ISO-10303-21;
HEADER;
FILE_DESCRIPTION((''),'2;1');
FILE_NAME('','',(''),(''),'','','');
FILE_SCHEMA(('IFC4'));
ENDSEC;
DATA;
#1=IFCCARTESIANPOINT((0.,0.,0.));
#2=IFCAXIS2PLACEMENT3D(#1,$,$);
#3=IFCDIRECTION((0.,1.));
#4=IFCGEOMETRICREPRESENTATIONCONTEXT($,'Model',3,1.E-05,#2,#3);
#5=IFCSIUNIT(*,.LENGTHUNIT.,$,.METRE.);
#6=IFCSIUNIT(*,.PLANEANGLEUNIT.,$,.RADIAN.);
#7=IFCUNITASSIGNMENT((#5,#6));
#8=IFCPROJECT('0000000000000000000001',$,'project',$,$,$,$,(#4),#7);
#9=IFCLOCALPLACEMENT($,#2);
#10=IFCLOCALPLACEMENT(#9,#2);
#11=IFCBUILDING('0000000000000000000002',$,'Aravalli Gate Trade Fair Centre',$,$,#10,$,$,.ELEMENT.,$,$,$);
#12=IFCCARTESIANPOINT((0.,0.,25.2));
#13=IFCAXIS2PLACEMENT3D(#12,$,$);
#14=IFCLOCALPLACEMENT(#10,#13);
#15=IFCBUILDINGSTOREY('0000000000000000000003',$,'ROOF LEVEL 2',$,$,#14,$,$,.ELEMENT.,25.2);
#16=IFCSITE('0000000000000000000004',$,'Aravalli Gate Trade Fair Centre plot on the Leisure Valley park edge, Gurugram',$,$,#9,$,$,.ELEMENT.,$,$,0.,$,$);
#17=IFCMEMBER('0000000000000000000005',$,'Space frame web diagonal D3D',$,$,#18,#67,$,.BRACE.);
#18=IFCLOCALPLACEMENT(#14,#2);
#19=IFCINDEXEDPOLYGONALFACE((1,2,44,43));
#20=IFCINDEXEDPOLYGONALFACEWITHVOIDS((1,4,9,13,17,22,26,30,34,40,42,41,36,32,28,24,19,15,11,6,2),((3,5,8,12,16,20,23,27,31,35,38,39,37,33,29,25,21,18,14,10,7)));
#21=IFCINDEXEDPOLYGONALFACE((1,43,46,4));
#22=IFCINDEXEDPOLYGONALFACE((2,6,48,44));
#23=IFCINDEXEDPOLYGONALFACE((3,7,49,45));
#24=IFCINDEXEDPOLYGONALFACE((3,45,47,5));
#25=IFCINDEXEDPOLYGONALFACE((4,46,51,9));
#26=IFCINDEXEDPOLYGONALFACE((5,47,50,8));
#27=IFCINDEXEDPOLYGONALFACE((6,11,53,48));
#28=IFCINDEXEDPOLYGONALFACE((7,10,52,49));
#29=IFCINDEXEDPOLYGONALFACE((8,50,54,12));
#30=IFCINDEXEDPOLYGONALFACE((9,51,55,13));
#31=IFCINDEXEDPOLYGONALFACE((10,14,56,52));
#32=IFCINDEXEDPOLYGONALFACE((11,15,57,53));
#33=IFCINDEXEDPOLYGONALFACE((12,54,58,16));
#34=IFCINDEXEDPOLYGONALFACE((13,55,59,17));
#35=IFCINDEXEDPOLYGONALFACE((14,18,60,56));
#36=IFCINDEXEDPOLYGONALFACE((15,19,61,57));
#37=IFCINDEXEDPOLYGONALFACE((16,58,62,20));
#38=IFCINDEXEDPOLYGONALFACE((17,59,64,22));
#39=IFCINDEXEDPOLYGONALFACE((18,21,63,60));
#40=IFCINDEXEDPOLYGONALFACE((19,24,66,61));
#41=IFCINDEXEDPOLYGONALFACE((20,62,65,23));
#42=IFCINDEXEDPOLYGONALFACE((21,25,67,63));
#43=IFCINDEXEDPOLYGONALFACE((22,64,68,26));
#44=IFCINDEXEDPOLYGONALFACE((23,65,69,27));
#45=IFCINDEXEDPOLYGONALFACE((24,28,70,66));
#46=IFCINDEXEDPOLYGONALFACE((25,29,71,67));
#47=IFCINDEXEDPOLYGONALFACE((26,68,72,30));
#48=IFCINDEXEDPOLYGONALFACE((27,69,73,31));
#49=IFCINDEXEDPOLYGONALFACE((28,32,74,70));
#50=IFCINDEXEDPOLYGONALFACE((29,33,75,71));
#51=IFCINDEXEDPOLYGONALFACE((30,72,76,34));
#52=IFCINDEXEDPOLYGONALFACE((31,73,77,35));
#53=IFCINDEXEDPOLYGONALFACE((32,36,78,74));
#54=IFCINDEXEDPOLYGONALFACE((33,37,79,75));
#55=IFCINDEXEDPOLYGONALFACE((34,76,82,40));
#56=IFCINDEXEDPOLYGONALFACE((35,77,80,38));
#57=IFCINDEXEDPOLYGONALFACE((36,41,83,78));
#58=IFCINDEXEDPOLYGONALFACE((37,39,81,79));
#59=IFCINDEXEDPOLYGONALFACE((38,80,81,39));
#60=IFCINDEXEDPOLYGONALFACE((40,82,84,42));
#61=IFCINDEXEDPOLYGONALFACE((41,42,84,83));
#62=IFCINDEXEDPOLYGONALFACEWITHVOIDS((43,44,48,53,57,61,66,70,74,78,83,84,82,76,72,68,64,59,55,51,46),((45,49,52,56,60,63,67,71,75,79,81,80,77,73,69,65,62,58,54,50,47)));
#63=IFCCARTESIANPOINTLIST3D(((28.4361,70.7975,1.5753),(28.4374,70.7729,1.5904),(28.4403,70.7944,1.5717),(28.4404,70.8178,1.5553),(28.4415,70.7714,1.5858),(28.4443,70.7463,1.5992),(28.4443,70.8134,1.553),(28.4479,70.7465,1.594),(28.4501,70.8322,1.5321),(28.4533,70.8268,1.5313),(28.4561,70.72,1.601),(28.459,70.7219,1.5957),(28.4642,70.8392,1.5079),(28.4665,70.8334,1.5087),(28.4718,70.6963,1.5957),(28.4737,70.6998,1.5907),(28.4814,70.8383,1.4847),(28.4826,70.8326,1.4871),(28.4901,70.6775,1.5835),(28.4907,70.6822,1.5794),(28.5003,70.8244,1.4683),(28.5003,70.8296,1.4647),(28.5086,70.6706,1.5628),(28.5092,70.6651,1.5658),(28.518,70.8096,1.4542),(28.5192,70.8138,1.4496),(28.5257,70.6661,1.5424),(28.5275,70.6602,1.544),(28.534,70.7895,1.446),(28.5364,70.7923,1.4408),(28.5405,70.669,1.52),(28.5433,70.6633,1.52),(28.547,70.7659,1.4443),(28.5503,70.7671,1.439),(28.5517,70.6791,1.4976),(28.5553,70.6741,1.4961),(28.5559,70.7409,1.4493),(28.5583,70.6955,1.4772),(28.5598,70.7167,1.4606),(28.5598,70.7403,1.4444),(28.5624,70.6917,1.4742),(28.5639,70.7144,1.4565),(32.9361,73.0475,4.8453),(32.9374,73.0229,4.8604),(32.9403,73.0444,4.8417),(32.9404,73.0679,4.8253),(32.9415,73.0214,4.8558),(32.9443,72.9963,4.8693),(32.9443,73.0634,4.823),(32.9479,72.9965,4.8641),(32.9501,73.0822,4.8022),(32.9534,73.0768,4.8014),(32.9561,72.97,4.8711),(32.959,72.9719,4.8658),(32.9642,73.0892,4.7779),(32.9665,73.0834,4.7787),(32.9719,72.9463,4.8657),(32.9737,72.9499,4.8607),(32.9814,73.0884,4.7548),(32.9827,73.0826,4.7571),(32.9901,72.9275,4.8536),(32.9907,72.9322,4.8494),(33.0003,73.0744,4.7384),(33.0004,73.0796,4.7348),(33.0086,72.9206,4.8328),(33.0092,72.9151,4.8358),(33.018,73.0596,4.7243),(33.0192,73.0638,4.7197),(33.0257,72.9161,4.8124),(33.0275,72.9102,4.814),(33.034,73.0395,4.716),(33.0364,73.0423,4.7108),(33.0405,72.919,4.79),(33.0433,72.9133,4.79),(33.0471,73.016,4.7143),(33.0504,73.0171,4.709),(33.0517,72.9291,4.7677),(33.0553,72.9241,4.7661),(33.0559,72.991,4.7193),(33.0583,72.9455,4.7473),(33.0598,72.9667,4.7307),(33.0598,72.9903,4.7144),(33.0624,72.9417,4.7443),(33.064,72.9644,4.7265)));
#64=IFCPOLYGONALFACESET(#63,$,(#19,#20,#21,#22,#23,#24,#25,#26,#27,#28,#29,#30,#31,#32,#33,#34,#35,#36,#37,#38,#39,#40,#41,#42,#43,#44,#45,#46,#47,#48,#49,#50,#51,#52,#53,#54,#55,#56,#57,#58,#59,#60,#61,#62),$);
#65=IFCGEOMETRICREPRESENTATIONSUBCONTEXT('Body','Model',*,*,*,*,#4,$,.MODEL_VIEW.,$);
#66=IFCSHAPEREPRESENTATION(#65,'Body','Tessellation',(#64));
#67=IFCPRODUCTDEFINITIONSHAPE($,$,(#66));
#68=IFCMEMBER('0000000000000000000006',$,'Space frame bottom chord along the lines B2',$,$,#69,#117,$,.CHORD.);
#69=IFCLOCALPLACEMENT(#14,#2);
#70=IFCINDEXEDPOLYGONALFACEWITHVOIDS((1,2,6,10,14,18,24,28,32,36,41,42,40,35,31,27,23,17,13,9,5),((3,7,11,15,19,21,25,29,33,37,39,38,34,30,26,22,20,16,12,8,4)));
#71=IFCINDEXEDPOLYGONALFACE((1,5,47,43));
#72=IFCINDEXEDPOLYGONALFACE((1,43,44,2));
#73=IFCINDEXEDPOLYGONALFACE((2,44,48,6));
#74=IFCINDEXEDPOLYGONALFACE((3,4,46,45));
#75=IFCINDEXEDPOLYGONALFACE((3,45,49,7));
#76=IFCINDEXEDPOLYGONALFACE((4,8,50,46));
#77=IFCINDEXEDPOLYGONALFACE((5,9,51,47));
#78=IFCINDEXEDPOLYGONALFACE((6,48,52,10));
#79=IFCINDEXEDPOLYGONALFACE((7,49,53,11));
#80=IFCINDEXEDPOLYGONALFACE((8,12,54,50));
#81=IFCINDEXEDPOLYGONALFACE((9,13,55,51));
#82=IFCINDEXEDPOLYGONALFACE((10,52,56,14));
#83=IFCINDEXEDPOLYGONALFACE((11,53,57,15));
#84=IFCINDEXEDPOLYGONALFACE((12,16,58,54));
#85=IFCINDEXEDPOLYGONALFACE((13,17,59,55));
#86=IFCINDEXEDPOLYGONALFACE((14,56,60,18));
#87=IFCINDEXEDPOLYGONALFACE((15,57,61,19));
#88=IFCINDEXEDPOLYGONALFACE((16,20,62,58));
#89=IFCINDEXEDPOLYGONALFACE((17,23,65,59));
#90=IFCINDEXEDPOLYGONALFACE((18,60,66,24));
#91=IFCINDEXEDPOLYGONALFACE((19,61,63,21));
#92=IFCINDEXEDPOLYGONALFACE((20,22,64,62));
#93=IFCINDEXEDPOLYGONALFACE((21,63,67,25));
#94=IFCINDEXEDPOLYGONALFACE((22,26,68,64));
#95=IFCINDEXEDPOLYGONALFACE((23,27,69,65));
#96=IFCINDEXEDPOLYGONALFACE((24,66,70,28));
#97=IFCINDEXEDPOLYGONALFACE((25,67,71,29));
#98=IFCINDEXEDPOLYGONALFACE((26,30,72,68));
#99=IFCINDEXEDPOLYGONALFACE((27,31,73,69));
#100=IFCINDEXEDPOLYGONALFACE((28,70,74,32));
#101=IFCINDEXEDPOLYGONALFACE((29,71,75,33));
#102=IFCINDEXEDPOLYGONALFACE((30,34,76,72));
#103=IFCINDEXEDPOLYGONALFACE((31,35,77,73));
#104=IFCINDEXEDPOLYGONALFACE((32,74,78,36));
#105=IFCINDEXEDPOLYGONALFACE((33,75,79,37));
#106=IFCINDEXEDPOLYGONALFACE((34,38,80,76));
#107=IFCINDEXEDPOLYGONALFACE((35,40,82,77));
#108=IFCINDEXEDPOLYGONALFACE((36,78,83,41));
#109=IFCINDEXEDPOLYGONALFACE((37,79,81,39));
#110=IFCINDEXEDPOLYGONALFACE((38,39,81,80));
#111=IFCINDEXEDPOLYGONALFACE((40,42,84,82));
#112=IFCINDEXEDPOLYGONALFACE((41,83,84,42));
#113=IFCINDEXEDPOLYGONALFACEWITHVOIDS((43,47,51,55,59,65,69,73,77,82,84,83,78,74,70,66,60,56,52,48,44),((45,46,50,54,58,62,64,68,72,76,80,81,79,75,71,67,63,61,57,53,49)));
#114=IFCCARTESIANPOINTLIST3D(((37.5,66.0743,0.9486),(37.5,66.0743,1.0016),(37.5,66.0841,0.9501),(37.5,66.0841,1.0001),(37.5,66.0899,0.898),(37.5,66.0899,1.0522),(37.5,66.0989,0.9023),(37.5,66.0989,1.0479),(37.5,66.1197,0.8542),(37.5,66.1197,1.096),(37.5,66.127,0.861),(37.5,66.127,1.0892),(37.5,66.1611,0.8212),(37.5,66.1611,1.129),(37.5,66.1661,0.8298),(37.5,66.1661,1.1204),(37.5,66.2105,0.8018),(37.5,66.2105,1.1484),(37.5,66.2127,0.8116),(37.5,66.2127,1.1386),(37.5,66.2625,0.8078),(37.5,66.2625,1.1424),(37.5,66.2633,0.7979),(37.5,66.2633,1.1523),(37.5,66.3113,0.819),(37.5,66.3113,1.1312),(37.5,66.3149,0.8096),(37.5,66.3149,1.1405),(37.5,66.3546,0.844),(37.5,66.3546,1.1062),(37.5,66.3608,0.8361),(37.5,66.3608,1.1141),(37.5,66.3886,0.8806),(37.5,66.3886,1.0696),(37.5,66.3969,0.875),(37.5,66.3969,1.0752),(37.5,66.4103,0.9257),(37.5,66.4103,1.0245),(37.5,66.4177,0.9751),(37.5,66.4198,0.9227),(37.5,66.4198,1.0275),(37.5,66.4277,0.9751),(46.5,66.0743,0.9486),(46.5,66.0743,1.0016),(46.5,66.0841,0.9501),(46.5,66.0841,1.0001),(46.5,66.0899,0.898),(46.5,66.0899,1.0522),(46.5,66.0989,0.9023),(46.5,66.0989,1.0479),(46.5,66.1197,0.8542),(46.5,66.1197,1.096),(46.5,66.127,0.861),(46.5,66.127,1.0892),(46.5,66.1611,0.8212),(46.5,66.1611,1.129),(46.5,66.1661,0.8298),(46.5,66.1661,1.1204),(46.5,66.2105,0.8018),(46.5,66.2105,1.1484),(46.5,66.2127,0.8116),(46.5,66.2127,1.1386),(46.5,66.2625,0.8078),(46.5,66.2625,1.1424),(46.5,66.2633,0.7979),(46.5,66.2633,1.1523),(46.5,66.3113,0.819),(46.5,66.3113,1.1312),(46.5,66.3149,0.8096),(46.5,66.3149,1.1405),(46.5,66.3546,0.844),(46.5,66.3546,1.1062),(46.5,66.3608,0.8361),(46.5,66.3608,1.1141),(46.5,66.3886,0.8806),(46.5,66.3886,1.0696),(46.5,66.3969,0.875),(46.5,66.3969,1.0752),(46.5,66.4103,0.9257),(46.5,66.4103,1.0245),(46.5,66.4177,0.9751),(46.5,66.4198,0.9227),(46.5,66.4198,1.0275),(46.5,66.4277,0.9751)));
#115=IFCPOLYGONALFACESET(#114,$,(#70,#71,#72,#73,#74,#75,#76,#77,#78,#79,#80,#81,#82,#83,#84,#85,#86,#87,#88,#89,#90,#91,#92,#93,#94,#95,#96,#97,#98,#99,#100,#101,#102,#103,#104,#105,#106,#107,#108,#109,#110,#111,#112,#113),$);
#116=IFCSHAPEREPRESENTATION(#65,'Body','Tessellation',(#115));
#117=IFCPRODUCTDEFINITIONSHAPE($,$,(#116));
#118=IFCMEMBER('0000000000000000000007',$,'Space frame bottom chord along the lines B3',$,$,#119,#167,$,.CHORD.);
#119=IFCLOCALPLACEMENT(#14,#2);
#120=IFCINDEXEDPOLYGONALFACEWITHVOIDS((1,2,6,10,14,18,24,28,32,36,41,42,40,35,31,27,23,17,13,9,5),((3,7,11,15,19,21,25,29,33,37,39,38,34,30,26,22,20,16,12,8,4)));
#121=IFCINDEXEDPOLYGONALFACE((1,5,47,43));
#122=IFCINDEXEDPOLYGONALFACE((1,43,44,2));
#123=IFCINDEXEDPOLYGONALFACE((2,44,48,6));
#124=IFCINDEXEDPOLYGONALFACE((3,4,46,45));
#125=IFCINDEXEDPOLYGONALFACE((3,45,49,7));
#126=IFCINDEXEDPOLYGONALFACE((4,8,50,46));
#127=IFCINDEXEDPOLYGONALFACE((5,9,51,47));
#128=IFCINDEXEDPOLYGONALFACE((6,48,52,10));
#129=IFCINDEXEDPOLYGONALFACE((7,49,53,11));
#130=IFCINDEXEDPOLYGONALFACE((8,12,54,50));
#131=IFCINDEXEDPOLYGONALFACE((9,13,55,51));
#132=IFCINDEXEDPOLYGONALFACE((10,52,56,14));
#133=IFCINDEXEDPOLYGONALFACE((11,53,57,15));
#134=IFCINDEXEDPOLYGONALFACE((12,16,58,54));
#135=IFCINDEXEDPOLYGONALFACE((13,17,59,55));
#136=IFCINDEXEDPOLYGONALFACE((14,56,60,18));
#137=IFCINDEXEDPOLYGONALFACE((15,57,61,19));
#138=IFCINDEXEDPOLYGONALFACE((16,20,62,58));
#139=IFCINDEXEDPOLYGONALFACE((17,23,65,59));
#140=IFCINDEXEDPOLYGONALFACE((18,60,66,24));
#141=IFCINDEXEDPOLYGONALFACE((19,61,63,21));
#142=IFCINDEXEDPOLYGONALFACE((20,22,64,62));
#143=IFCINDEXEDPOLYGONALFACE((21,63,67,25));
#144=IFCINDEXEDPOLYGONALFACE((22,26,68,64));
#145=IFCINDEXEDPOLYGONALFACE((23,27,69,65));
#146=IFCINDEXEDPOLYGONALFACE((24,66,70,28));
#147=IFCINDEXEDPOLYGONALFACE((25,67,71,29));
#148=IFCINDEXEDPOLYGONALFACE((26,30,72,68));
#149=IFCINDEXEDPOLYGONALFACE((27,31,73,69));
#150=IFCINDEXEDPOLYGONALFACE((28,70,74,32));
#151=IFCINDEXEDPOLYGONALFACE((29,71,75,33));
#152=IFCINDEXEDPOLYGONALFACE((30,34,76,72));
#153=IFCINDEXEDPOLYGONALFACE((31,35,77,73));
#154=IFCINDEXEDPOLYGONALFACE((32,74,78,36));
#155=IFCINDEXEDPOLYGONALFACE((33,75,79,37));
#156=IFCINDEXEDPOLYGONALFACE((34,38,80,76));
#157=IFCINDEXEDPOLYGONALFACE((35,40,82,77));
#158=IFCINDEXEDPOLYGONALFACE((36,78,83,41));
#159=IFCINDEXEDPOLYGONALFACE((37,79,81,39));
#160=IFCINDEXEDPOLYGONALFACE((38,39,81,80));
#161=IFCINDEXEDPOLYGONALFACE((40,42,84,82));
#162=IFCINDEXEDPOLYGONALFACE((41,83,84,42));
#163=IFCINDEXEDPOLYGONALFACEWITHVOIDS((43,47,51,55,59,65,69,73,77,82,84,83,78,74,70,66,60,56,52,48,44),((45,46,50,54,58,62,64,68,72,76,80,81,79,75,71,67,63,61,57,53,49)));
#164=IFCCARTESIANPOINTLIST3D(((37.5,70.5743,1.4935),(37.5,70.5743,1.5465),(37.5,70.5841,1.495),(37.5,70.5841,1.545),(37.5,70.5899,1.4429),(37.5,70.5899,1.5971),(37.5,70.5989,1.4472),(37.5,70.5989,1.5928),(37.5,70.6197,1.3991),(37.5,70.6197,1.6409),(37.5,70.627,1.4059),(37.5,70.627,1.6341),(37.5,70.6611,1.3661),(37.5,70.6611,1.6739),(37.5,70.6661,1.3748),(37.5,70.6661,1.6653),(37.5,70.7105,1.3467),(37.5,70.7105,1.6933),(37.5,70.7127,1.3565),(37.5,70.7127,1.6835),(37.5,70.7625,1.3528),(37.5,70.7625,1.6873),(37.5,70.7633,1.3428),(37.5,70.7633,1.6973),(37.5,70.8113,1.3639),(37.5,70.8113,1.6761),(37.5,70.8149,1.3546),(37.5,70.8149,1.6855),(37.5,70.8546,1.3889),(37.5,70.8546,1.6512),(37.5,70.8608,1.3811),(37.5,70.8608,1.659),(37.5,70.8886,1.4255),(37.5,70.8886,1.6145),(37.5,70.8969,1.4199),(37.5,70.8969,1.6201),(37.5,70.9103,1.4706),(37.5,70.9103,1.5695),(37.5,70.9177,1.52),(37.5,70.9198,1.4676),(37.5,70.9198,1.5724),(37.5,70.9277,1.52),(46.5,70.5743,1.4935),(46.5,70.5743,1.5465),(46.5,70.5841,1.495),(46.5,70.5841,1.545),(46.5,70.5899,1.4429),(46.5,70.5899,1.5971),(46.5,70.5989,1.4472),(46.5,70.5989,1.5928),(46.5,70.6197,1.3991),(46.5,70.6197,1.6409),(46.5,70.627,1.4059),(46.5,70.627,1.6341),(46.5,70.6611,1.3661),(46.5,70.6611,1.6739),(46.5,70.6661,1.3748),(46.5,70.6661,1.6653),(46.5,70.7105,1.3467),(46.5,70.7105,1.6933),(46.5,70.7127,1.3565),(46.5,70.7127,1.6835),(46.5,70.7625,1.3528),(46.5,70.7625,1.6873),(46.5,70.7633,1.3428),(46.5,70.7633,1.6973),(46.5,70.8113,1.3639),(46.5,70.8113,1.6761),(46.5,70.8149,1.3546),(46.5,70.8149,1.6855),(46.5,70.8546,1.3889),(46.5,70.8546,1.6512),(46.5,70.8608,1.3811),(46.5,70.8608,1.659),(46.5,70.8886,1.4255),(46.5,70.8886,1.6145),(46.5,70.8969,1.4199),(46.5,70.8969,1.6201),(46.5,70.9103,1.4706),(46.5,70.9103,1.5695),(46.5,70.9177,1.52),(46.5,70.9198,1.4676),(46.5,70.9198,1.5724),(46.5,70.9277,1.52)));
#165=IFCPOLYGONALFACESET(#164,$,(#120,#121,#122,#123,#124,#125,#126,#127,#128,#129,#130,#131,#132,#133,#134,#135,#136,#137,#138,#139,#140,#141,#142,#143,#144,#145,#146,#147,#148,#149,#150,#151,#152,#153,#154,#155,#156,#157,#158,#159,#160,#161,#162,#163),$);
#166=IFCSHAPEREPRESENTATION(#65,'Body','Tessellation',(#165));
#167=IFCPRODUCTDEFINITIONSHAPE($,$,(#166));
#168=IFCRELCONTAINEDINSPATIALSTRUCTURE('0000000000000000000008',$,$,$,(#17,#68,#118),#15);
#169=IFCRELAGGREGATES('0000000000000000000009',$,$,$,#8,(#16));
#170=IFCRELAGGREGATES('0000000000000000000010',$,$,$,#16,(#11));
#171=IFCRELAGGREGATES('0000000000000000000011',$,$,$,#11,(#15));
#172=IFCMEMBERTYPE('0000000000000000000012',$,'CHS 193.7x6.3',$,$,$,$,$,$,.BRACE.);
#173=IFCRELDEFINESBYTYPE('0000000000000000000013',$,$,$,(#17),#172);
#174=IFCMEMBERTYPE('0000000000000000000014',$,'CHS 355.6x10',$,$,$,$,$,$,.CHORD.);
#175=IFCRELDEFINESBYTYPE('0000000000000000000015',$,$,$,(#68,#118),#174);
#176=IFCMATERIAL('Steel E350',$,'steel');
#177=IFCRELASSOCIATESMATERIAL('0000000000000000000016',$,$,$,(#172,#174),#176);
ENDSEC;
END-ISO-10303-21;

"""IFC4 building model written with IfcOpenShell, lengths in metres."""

from ifc_helpers import new_model, si_unit, direction, frame, origin, origin_2d, place, context, subcontext, project, spatial, hollow_circle, extrude, material, material_profile, profile_set, type_object, element, save


model = new_model("IFC4")

# Units and contexts
model_context = context("Model", 3, precision=1e-05, world=origin(), true_north=direction((0.0, 1.0)))
body_context = subcontext(model_context, "Body", "Model", "MODEL_VIEW")
ifc_project = project(units=[si_unit("LENGTHUNIT", "METRE"), si_unit("PLANEANGLEUNIT", "RADIAN")], contexts=[model_context])

# Site, building, storey
site_placement = place(None, origin())
site = spatial("IfcSite", under=ifc_project, at=site_placement, Name="Aravalli Gate Trade Fair Centre plot on the Leisure Valley park edge, Gurugram", CompositionType="ELEMENT", RefElevation=0.0)
building_placement = place(site_placement, origin())
building = spatial("IfcBuilding", under=site, at=building_placement, Name="Aravalli Gate Trade Fair Centre", CompositionType="ELEMENT")
storey_placement = place(building_placement, frame((0.0, 0.0, 25.2)))
storey = spatial("IfcBuildingStorey", under=building, at=storey_placement, Name="ROOF LEVEL 2", CompositionType="ELEMENT", Elevation=25.2)

# Members
ifc_material = material(Name="Steel E350", Category="steel")
ifc_material_profile_1 = material_profile(ifc_material, hollow_circle(Radius=0.0969, WallThickness=0.0063, at=origin_2d()), Name="CHS 193.7x6.3")
ifc_profile_set_1 = profile_set([ifc_material_profile_1], Name="Steel E350")
member_type_1 = type_object("IfcMemberType", Name="CHS 193.7x6.3", PredefinedType="BRACE", material=ifc_profile_set_1)
for number, where, z_axis, x_axis, name in (
    (1, (33.0, 73.0, 4.79), (-0.749942, -0.374971, -0.544961), (0.447214, -0.894427, 0.0), "Space frame web diagonal D3D"),
):
    element("IfcMember", number, at=place(storey_placement, frame(where, z_axis=z_axis, x_axis=x_axis)), inside=storey, type_object=member_type_1, Name=name, PredefinedType="BRACE", context=body_context, shape_type="SweptSolid", body=[
        extrude(hollow_circle(Radius=0.0969, WallThickness=0.0063, at=origin_2d()), origin(), (0.0, 0.0, 1.0), 6.0005),
    ])
ifc_material_profile_2 = material_profile(ifc_material, hollow_circle(Radius=0.1777, WallThickness=0.01, at=origin_2d()), Name="CHS 355.6x10")
ifc_profile_set_2 = profile_set([ifc_material_profile_2], Name="Steel E350")
member_type_2 = type_object("IfcMemberType", Name="CHS 355.6x10", PredefinedType="CHORD", material=ifc_profile_set_2)
for number, where, z_axis, x_axis, name in (
    (2, (37.5, 66.25, 0.9751), (1.0, 0.0, 0.0), (0.0, 1.0, 0.0), "Space frame bottom chord along the lines B2"),
    (3, (37.5, 70.75, 1.52), (1.0, 0.0, 0.0), (0.0, 1.0, 0.0), "Space frame bottom chord along the lines B3"),
):
    element("IfcMember", number, at=place(storey_placement, frame(where, z_axis=z_axis, x_axis=x_axis)), inside=storey, type_object=member_type_2, Name=name, PredefinedType="CHORD", context=body_context, shape_type="SweptSolid", body=[
        extrude(hollow_circle(Radius=0.1777, WallThickness=0.01, at=origin_2d()), origin(), (0.0, 0.0, 1.0), 9.0),
    ])

save(model, "model.ifc")
